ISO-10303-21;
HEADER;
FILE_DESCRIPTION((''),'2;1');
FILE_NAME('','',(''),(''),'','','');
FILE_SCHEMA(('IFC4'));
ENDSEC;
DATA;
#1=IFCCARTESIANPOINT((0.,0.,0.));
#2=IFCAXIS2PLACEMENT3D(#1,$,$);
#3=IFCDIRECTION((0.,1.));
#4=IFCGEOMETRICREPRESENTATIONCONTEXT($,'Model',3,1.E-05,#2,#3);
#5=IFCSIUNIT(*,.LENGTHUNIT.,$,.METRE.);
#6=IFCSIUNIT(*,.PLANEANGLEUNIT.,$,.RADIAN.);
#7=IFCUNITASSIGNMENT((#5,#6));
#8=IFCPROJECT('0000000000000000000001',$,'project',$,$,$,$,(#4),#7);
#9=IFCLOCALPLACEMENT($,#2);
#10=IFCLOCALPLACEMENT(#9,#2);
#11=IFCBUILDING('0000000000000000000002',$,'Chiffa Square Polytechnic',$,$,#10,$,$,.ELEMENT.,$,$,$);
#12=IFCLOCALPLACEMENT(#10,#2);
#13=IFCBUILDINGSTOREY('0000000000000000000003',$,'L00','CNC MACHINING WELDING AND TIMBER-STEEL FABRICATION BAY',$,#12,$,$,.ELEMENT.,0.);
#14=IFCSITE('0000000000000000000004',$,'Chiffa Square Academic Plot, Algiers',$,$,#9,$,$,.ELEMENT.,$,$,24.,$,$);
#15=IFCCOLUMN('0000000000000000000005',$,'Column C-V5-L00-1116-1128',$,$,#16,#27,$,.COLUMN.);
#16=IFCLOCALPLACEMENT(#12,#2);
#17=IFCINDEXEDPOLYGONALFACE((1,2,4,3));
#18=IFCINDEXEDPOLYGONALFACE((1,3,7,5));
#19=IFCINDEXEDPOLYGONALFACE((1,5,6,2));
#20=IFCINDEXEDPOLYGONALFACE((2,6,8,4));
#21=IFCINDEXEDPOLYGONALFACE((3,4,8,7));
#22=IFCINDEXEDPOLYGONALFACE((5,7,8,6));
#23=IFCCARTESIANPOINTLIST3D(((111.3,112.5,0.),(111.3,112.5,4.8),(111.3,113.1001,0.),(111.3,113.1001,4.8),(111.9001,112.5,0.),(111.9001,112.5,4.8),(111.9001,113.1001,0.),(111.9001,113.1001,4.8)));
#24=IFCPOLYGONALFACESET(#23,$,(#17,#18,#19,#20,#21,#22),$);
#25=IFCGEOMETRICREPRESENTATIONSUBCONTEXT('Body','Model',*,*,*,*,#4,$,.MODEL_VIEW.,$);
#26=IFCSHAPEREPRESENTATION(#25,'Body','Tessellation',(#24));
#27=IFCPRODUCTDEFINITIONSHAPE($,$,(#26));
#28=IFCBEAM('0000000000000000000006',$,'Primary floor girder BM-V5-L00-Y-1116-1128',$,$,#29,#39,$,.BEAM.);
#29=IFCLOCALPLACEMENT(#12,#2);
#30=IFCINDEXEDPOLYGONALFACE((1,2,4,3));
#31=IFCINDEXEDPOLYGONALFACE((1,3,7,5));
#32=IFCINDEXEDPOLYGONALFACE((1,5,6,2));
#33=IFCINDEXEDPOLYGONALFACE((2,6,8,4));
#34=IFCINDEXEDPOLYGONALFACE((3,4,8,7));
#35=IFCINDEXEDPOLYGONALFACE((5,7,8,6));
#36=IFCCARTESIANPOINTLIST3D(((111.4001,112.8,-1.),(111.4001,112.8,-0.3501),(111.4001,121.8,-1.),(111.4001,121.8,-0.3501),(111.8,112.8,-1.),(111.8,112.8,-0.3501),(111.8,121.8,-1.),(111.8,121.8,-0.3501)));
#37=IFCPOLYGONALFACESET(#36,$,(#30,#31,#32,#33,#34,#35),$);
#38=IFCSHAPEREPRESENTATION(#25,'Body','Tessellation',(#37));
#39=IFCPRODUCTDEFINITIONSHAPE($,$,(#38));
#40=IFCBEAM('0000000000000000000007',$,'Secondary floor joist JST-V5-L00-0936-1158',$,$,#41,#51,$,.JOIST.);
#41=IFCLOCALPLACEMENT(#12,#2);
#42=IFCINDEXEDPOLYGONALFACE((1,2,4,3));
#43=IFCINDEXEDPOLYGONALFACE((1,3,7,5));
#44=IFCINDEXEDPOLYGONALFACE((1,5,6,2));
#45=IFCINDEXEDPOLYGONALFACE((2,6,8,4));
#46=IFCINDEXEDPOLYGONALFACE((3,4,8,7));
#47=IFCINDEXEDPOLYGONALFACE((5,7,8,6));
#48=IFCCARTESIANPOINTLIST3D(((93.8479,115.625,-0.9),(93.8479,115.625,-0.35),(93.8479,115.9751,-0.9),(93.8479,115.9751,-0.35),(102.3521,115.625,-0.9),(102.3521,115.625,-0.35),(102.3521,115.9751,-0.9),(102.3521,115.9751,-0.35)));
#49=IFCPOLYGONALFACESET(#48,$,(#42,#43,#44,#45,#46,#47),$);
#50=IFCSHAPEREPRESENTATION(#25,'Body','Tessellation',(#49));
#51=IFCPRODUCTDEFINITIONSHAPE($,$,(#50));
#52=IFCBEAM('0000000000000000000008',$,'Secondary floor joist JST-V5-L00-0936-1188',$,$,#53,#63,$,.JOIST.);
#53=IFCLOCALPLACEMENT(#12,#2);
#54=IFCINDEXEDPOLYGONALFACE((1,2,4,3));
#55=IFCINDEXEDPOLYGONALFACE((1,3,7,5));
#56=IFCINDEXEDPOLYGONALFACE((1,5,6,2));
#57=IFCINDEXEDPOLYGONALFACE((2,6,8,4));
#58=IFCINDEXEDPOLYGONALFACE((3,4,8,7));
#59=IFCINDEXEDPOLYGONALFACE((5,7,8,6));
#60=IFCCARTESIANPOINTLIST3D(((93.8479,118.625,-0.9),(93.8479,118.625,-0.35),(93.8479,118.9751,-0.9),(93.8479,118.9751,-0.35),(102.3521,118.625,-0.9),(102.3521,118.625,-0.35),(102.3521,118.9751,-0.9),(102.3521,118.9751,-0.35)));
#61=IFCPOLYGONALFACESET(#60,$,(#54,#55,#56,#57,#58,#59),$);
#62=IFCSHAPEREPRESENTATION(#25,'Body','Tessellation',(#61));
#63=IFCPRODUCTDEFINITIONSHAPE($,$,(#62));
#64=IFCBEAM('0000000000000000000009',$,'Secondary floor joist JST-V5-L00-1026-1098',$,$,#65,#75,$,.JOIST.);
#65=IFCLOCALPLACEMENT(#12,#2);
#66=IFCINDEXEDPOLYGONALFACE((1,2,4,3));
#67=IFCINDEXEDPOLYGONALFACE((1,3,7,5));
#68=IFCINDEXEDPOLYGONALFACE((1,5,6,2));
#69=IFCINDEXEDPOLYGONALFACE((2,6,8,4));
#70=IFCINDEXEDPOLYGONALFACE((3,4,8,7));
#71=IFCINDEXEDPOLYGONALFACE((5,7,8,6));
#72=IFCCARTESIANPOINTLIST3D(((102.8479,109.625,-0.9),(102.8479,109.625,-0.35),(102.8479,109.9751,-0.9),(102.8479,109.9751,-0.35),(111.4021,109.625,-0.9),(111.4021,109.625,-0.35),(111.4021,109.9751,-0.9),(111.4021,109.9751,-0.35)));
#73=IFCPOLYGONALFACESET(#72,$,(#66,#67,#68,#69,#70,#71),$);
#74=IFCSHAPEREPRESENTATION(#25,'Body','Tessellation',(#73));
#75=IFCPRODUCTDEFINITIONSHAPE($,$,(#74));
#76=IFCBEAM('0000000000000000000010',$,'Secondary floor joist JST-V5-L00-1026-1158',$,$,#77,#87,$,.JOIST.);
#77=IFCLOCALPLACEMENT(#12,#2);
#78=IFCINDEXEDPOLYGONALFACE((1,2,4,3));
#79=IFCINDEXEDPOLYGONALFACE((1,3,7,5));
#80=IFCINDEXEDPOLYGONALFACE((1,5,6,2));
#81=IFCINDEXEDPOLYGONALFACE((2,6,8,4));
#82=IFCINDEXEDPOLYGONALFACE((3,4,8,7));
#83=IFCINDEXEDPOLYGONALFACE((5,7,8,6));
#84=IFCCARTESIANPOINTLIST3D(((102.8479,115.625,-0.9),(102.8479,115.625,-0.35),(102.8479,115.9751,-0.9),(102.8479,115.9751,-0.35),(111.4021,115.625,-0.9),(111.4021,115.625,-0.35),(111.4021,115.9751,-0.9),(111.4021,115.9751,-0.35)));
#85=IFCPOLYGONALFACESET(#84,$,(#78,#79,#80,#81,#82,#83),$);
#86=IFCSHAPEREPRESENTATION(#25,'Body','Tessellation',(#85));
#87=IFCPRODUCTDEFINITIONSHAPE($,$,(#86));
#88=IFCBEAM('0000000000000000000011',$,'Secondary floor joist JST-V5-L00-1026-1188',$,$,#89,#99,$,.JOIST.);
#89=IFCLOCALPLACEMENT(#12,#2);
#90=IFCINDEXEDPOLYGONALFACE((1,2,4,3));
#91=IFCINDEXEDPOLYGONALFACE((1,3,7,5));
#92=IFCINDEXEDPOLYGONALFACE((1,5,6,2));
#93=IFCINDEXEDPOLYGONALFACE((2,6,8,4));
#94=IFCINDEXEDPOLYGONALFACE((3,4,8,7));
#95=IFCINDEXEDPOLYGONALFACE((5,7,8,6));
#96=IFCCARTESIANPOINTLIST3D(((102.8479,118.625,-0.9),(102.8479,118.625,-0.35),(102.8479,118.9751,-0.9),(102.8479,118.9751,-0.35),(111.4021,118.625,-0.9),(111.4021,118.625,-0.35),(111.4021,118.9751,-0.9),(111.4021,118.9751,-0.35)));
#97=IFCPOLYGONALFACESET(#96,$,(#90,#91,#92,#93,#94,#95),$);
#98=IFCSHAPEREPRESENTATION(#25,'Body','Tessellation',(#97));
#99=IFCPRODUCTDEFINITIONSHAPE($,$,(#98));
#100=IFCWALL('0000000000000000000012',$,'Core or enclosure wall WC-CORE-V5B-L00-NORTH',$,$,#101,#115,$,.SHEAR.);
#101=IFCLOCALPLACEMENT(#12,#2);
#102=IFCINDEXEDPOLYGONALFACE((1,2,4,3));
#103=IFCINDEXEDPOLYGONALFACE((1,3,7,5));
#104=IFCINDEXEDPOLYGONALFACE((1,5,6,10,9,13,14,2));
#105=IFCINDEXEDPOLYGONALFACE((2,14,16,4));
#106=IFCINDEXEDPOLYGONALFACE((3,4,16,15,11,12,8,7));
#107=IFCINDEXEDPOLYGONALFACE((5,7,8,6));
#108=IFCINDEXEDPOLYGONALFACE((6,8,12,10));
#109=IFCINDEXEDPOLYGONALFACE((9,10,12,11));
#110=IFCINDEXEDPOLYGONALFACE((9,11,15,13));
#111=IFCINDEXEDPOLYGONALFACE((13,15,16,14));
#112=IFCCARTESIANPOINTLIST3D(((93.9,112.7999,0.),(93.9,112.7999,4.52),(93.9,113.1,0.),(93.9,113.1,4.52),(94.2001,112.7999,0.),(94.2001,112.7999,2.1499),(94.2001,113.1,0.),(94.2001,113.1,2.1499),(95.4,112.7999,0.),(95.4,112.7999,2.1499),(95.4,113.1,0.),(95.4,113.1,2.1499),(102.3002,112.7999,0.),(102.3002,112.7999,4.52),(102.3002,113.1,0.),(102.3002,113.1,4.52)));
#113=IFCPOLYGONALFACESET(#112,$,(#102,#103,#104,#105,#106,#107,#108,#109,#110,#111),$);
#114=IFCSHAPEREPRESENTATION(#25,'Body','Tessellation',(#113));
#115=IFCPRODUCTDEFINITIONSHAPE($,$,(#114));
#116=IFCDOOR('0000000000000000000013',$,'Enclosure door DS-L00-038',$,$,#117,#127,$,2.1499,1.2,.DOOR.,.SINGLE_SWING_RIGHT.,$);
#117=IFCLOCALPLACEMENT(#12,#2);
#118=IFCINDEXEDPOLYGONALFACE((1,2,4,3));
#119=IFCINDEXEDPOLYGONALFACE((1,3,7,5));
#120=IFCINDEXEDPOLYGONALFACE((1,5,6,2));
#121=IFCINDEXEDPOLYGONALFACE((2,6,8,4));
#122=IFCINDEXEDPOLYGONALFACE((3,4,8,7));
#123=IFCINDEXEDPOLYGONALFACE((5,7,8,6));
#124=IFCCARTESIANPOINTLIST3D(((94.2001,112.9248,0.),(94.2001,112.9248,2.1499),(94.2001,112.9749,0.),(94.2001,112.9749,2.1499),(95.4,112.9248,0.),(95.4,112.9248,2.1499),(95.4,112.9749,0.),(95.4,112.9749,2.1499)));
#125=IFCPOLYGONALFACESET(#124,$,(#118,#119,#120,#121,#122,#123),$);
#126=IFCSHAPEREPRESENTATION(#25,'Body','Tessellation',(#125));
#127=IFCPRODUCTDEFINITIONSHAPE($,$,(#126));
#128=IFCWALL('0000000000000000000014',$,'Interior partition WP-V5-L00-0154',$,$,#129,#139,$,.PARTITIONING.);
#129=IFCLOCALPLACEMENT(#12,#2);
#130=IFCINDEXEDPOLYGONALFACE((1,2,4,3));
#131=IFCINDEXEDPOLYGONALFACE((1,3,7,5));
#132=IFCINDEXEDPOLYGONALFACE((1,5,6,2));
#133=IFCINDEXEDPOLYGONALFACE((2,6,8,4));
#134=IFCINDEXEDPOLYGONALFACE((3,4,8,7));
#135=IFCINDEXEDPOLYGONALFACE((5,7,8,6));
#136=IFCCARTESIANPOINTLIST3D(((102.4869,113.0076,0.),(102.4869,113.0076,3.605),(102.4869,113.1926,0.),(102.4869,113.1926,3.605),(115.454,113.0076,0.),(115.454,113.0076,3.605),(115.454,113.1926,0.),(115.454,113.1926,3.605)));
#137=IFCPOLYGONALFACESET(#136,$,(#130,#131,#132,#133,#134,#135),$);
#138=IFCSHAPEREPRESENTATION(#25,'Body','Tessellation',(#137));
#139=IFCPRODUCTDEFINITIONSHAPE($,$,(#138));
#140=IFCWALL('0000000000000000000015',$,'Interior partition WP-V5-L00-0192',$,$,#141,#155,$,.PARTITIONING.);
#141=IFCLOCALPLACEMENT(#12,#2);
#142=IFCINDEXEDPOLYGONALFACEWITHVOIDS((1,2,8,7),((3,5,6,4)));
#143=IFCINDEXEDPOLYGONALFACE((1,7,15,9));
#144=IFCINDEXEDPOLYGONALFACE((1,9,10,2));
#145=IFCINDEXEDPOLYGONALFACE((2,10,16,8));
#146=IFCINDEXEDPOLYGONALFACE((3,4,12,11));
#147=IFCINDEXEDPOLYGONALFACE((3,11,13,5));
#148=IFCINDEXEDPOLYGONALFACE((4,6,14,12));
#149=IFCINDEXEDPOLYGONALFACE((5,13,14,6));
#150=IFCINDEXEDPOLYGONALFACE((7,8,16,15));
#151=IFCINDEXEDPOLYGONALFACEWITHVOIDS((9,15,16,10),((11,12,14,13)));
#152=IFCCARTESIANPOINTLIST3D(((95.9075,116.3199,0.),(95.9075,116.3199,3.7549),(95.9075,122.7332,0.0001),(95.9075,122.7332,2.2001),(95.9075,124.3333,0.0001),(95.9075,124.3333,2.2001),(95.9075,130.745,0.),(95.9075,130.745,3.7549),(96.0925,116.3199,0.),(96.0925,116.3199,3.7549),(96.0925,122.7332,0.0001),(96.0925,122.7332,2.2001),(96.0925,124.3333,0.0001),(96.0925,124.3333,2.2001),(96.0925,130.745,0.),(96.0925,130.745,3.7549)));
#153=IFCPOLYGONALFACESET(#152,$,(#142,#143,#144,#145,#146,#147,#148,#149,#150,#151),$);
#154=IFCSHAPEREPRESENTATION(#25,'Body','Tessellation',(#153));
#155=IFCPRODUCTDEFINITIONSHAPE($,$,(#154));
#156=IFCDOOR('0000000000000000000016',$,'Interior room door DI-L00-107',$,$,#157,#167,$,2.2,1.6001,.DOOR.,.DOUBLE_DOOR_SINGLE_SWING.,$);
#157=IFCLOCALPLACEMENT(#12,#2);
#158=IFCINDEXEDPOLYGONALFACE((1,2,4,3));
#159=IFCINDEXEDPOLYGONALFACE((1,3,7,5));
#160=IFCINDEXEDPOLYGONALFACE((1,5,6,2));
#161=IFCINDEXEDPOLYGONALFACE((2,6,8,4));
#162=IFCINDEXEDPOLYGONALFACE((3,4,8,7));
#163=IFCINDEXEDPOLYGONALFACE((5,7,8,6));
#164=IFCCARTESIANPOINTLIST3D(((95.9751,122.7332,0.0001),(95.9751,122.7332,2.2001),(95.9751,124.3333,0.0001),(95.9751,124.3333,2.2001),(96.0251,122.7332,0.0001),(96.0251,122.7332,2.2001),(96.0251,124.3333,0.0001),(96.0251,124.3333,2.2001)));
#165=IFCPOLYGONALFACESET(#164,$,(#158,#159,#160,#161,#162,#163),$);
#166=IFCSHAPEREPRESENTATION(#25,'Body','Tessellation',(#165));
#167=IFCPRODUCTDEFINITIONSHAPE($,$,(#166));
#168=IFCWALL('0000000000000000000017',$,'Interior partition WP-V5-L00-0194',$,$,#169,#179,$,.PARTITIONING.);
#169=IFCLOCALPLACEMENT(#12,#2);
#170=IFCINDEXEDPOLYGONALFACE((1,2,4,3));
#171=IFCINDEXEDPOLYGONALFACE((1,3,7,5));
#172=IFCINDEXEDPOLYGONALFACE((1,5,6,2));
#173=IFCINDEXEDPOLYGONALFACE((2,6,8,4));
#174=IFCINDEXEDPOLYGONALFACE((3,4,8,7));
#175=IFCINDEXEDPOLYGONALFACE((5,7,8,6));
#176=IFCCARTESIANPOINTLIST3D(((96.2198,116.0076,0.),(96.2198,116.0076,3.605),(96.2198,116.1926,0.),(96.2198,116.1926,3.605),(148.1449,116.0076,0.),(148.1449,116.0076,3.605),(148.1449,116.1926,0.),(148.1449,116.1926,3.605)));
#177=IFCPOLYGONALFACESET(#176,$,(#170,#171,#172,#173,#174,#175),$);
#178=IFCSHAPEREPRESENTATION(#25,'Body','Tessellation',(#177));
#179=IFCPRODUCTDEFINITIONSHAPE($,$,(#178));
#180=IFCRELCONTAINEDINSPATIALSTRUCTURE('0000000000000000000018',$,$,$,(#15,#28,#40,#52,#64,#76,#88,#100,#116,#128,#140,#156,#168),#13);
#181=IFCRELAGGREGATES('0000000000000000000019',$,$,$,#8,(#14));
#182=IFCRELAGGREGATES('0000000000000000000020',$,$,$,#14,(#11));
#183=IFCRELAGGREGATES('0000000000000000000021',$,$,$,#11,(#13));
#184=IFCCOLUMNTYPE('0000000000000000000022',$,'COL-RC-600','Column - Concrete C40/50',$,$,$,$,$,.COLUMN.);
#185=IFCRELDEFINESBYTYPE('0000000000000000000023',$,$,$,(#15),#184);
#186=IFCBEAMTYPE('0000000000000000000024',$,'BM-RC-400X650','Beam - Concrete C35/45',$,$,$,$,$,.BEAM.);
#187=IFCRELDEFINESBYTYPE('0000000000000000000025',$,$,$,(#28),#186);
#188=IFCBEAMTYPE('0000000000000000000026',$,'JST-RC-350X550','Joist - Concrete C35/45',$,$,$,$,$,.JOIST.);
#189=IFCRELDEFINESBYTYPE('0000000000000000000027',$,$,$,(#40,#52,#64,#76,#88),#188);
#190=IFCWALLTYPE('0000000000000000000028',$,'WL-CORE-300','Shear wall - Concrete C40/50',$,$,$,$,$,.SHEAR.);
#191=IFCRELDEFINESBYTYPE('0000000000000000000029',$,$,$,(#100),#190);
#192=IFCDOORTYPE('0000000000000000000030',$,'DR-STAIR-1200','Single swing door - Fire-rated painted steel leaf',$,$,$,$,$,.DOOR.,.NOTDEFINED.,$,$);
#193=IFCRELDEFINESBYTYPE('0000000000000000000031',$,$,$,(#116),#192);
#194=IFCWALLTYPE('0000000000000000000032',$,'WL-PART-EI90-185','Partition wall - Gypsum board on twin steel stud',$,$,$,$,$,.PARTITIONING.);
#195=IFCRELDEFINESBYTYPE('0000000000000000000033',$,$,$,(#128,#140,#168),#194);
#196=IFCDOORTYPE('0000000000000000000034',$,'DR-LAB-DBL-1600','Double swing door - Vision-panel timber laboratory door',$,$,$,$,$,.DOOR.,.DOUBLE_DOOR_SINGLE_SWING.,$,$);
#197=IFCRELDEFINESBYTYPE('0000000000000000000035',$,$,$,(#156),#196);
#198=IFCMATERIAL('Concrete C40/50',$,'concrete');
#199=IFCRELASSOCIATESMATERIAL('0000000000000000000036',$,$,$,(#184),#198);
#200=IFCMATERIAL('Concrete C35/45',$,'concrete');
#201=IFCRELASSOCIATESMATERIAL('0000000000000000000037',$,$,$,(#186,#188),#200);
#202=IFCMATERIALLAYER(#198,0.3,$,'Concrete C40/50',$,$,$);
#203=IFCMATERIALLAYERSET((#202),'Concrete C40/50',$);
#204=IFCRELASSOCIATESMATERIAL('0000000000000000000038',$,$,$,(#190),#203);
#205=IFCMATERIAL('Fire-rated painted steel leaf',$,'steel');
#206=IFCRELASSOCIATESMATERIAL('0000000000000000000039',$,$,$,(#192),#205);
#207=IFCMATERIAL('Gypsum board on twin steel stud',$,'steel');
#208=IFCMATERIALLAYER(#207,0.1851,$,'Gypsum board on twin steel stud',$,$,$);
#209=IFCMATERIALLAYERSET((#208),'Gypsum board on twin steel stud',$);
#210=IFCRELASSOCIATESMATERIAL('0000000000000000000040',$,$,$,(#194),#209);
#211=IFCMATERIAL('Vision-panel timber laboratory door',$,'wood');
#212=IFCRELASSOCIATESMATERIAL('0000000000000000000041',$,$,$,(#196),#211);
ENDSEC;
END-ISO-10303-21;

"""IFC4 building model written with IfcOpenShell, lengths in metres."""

from ifc_helpers import new_model, si_unit, direction, frame, frame_2d, origin, origin_2d, place, context, subcontext, project, spatial, rectangle, extrude, material, layer, layer_set, material_profile, profile_set, type_object, element, fill, save


model = new_model("IFC4")

# Units and contexts
model_context = context("Model", 3, precision=1e-05, world=origin(), true_north=direction((0.0, 1.0)))
body_context = subcontext(model_context, "Body", "Model", "MODEL_VIEW")
ifc_project = project(units=[si_unit("LENGTHUNIT", "METRE"), si_unit("PLANEANGLEUNIT", "RADIAN")], contexts=[model_context])

# Site, building, storey
site_placement = place(None, origin())
site = spatial("IfcSite", under=ifc_project, at=site_placement, Name="Chiffa Square Academic Plot, Algiers", CompositionType="ELEMENT", RefElevation=24.0)
building_placement = place(site_placement, origin())
building = spatial("IfcBuilding", under=site, at=building_placement, Name="Chiffa Square Polytechnic", CompositionType="ELEMENT")
storey_placement = place(building_placement, origin())
storey = spatial("IfcBuildingStorey", under=building, at=storey_placement, Name="L00", Description="CNC MACHINING WELDING AND TIMBER-STEEL FABRICATION BAY", CompositionType="ELEMENT", Elevation=0.0)

# Column
ifc_material_1 = material(Name="Concrete C40/50", Category="concrete")
ifc_material_profile_1 = material_profile(ifc_material_1, rectangle(XDim=0.6001, YDim=0.6001, at=origin_2d()), Name="RC 600x600")
ifc_profile_set_1 = profile_set([ifc_material_profile_1], Name="Concrete C40/50")
column_type = type_object("IfcColumnType", Name="COL-RC-600", Description="Column - Concrete C40/50", PredefinedType="COLUMN", material=ifc_profile_set_1)
column_placement = place(storey_placement, frame((111.6001, 112.8, 0.0), z_axis=(0.0, 0.0, 1.0), x_axis=(1.0, 0.0, 0.0)))
element("IfcColumn", 1, at=column_placement, inside=storey, type_object=column_type, Name="Column C-V5-L00-1116-1128", PredefinedType="COLUMN", context=body_context, shape_type="SweptSolid", body=[
    extrude(rectangle(XDim=0.6001, YDim=0.6001, at=origin_2d()), origin(), (0.0, 0.0, 1.0), 4.8),
])

# Beams
ifc_material_2 = material(Name="Concrete C35/45", Category="concrete")
ifc_material_profile_2 = material_profile(ifc_material_2, rectangle(XDim=0.3999, YDim=0.6499, at=origin_2d()), Name="RC 400x650")
ifc_profile_set_2 = profile_set([ifc_material_profile_2], Name="Concrete C35/45")
beam_type_1 = type_object("IfcBeamType", Name="BM-RC-400X650", Description="Beam - Concrete C35/45", PredefinedType="BEAM", material=ifc_profile_set_2)
beam_placement = place(storey_placement, frame((111.6001, 112.8, -0.675), z_axis=(0.0, 1.0, 0.0), x_axis=(-1.0, 0.0, 0.0)))
element("IfcBeam", 2, at=beam_placement, inside=storey, type_object=beam_type_1, Name="Primary floor girder BM-V5-L00-Y-1116-1128", PredefinedType="BEAM", context=body_context, shape_type="SweptSolid", body=[
    extrude(rectangle(XDim=0.3999, YDim=0.6499, at=origin_2d()), origin(), (0.0, 0.0, 1.0), 9.0),
])
ifc_material_profile_3 = material_profile(ifc_material_2, rectangle(XDim=0.3501, YDim=0.55, at=origin_2d()), Name="RC 350x550")
ifc_profile_set_3 = profile_set([ifc_material_profile_3], Name="Concrete C35/45")
beam_type_2 = type_object("IfcBeamType", Name="JST-RC-350X550", Description="Joist - Concrete C35/45", PredefinedType="JOIST", material=ifc_profile_set_3)
for number, where, z_axis, x_axis, name in (
    (3, (93.8479, 115.8, -0.625), (1.0, 0.0, 0.0), (0.0, 1.0, 0.0), "Secondary floor joist JST-V5-L00-0936-1158"),
    (4, (93.8479, 118.8, -0.625), (1.0, 0.0, 0.0), (0.0, 1.0, 0.0), "Secondary floor joist JST-V5-L00-0936-1188"),
):
    element("IfcBeam", number, at=place(storey_placement, frame(where, z_axis=z_axis, x_axis=x_axis)), inside=storey, type_object=beam_type_2, Name=name, PredefinedType="JOIST", context=body_context, shape_type="SweptSolid", body=[
        extrude(rectangle(XDim=0.3501, YDim=0.55, at=origin_2d()), origin(), (0.0, 0.0, 1.0), 8.5042),
    ])
for number, where, z_axis, x_axis, name in (
    (5, (102.8479, 109.8, -0.625), (1.0, 0.0, 0.0), (0.0, 1.0, 0.0), "Secondary floor joist JST-V5-L00-1026-1098"),
    (6, (102.8479, 115.8, -0.625), (1.0, 0.0, 0.0), (0.0, 1.0, 0.0), "Secondary floor joist JST-V5-L00-1026-1158"),
    (7, (102.8479, 118.8, -0.625), (1.0, 0.0, 0.0), (0.0, 1.0, 0.0), "Secondary floor joist JST-V5-L00-1026-1188"),
):
    element("IfcBeam", number, at=place(storey_placement, frame(where, z_axis=z_axis, x_axis=x_axis)), inside=storey, type_object=beam_type_2, Name=name, PredefinedType="JOIST", context=body_context, shape_type="SweptSolid", body=[
        extrude(rectangle(XDim=0.3501, YDim=0.55, at=origin_2d()), origin(), (0.0, 0.0, 1.0), 8.5542),
    ])

# Wall, opening, door
ifc_layer_1 = layer(ifc_material_1, 0.3, Name="Concrete C40/50")
ifc_layer_set_1 = layer_set([ifc_layer_1], Name="Concrete C40/50")
wall_type_1 = type_object("IfcWallType", Name="WL-CORE-300", Description="Shear wall - Concrete C40/50", PredefinedType="SHEAR", material=ifc_layer_set_1)
wall_1_placement = place(storey_placement, frame((93.8999, 112.95, 0.0), z_axis=(0.0, 0.0, 1.0), x_axis=(1.0, 0.0, 0.0)))
wall_1 = element("IfcWall", 8, at=wall_1_placement, inside=storey, type_object=wall_type_1, Name="Core or enclosure wall WC-CORE-V5B-L00-NORTH", PredefinedType="SHEAR", context=body_context, shape_type="SweptSolid", body=[
    extrude(rectangle(XDim=8.4001, YDim=0.3, at=frame_2d((4.2002, 0.0))), origin(), (0.0, 0.0, 1.0), 4.52),
])
opening_1_placement = place(wall_1_placement, frame((0.3, 0.0, 0.0)))
opening_1 = element("IfcOpeningElement", 9, at=opening_1_placement, cuts=wall_1, PredefinedType="OPENING", context=body_context, shape_type="SweptSolid", body=[
    extrude(rectangle(XDim=1.2, YDim=2.1499, at=frame_2d((0.6001, 1.075))), frame((0.0, 0.1602, 0.0), z_axis=(0.0, -1.0, 0.0), x_axis=(1.0, 0.0, 0.0)), (0.0, 0.0, 1.0), 0.3201),
])
ifc_material_3 = material(Name="Fire-rated painted steel leaf", Category="steel")
door_type_1 = type_object("IfcDoorType", Name="DR-STAIR-1200", Description="Single swing door - Fire-rated painted steel leaf", OperationType="NOTDEFINED", PredefinedType="DOOR", material=ifc_material_3)
door_1_placement = place(opening_1_placement, origin())
door_1 = element("IfcDoor", 10, at=door_1_placement, inside=storey, type_object=door_type_1, Name="Enclosure door DS-L00-038", OperationType="SINGLE_SWING_RIGHT", OverallHeight=2.1499, OverallWidth=1.2, PredefinedType="DOOR", context=body_context, shape_type="SweptSolid", body=[
    extrude(rectangle(XDim=1.2, YDim=2.1499, at=frame_2d((0.6001, 1.075))), frame((0.0, 0.0249, 0.0), z_axis=(0.0, -1.0, 0.0), x_axis=(1.0, 0.0, 0.0)), (0.0, 0.0, 1.0), 0.05),
])
fill(opening_1, door_1)

# Wall
ifc_material_4 = material(Name="Gypsum board on twin steel stud", Category="steel")
ifc_layer_2 = layer(ifc_material_4, 0.1851, Name="Gypsum board on twin steel stud")
ifc_layer_set_2 = layer_set([ifc_layer_2], Name="Gypsum board on twin steel stud")
wall_type_2 = type_object("IfcWallType", Name="WL-PART-EI90-185", Description="Partition wall - Gypsum board on twin steel stud", PredefinedType="PARTITIONING", material=ifc_layer_set_2)
wall_2_placement = place(storey_placement, frame((102.4871, 113.1001, 0.0), z_axis=(0.0, 0.0, 1.0), x_axis=(1.0, 0.0, 0.0)))
element("IfcWall", 11, at=wall_2_placement, inside=storey, type_object=wall_type_2, Name="Interior partition WP-V5-L00-0154", PredefinedType="PARTITIONING", context=body_context, shape_type="SweptSolid", body=[
    extrude(rectangle(XDim=12.967, YDim=0.1851, at=frame_2d((6.4834, 0.0))), origin(), (0.0, 0.0, 1.0), 3.605),
])

# Wall, opening, door
wall_3_placement = place(storey_placement, frame((96.0, 116.3201, 0.0), z_axis=(0.0, 0.0, 1.0), x_axis=(0.0, 1.0, 0.0)))
wall_3 = element("IfcWall", 12, at=wall_3_placement, inside=storey, type_object=wall_type_2, Name="Interior partition WP-V5-L00-0192", PredefinedType="PARTITIONING", context=body_context, shape_type="SweptSolid", body=[
    extrude(rectangle(XDim=14.425, YDim=0.1851, at=frame_2d((7.2124, 0.0))), origin(), (0.0, 0.0, 1.0), 3.7549),
])
opening_2_placement = place(wall_3_placement, frame((6.4131, 0.0, 0.0)))
opening_2 = element("IfcOpeningElement", 13, at=opening_2_placement, cuts=wall_3, PredefinedType="OPENING", context=body_context, shape_type="SweptSolid", body=[
    extrude(rectangle(XDim=1.6001, YDim=2.2, at=frame_2d((0.8, 1.1001))), frame((0.0, 0.1025, 0.0), z_axis=(0.0, -1.0, 0.0), x_axis=(1.0, 0.0, 0.0)), (0.0, 0.0, 1.0), 0.2051),
])
ifc_material_5 = material(Name="Vision-panel timber laboratory door", Category="wood")
door_type_2 = type_object("IfcDoorType", Name="DR-LAB-DBL-1600", Description="Double swing door - Vision-panel timber laboratory door", OperationType="DOUBLE_DOOR_SINGLE_SWING", PredefinedType="DOOR", material=ifc_material_5)
door_2_placement = place(opening_2_placement, origin())
door_2 = element("IfcDoor", 14, at=door_2_placement, inside=storey, type_object=door_type_2, Name="Interior room door DI-L00-107", OperationType="DOUBLE_DOOR_SINGLE_SWING", OverallHeight=2.2, OverallWidth=1.6001, PredefinedType="DOOR", context=body_context, shape_type="SweptSolid", body=[
    extrude(rectangle(XDim=1.6001, YDim=2.2, at=frame_2d((0.8, 1.1001))), frame((0.0, 0.0249, 0.0), z_axis=(0.0, -1.0, 0.0), x_axis=(1.0, 0.0, 0.0)), (0.0, 0.0, 1.0), 0.05),
])
fill(opening_2, door_2)

# Wall
wall_4_placement = place(storey_placement, frame((96.22, 116.1001, 0.0), z_axis=(0.0, 0.0, 1.0), x_axis=(1.0, 0.0, 0.0)))
element("IfcWall", 15, at=wall_4_placement, inside=storey, type_object=wall_type_2, Name="Interior partition WP-V5-L00-0194", PredefinedType="PARTITIONING", context=body_context, shape_type="SweptSolid", body=[
    extrude(rectangle(XDim=51.925, YDim=0.1851, at=frame_2d((25.9624, 0.0))), origin(), (0.0, 0.0, 1.0), 3.605),
])

save(model, "model.ifc")
